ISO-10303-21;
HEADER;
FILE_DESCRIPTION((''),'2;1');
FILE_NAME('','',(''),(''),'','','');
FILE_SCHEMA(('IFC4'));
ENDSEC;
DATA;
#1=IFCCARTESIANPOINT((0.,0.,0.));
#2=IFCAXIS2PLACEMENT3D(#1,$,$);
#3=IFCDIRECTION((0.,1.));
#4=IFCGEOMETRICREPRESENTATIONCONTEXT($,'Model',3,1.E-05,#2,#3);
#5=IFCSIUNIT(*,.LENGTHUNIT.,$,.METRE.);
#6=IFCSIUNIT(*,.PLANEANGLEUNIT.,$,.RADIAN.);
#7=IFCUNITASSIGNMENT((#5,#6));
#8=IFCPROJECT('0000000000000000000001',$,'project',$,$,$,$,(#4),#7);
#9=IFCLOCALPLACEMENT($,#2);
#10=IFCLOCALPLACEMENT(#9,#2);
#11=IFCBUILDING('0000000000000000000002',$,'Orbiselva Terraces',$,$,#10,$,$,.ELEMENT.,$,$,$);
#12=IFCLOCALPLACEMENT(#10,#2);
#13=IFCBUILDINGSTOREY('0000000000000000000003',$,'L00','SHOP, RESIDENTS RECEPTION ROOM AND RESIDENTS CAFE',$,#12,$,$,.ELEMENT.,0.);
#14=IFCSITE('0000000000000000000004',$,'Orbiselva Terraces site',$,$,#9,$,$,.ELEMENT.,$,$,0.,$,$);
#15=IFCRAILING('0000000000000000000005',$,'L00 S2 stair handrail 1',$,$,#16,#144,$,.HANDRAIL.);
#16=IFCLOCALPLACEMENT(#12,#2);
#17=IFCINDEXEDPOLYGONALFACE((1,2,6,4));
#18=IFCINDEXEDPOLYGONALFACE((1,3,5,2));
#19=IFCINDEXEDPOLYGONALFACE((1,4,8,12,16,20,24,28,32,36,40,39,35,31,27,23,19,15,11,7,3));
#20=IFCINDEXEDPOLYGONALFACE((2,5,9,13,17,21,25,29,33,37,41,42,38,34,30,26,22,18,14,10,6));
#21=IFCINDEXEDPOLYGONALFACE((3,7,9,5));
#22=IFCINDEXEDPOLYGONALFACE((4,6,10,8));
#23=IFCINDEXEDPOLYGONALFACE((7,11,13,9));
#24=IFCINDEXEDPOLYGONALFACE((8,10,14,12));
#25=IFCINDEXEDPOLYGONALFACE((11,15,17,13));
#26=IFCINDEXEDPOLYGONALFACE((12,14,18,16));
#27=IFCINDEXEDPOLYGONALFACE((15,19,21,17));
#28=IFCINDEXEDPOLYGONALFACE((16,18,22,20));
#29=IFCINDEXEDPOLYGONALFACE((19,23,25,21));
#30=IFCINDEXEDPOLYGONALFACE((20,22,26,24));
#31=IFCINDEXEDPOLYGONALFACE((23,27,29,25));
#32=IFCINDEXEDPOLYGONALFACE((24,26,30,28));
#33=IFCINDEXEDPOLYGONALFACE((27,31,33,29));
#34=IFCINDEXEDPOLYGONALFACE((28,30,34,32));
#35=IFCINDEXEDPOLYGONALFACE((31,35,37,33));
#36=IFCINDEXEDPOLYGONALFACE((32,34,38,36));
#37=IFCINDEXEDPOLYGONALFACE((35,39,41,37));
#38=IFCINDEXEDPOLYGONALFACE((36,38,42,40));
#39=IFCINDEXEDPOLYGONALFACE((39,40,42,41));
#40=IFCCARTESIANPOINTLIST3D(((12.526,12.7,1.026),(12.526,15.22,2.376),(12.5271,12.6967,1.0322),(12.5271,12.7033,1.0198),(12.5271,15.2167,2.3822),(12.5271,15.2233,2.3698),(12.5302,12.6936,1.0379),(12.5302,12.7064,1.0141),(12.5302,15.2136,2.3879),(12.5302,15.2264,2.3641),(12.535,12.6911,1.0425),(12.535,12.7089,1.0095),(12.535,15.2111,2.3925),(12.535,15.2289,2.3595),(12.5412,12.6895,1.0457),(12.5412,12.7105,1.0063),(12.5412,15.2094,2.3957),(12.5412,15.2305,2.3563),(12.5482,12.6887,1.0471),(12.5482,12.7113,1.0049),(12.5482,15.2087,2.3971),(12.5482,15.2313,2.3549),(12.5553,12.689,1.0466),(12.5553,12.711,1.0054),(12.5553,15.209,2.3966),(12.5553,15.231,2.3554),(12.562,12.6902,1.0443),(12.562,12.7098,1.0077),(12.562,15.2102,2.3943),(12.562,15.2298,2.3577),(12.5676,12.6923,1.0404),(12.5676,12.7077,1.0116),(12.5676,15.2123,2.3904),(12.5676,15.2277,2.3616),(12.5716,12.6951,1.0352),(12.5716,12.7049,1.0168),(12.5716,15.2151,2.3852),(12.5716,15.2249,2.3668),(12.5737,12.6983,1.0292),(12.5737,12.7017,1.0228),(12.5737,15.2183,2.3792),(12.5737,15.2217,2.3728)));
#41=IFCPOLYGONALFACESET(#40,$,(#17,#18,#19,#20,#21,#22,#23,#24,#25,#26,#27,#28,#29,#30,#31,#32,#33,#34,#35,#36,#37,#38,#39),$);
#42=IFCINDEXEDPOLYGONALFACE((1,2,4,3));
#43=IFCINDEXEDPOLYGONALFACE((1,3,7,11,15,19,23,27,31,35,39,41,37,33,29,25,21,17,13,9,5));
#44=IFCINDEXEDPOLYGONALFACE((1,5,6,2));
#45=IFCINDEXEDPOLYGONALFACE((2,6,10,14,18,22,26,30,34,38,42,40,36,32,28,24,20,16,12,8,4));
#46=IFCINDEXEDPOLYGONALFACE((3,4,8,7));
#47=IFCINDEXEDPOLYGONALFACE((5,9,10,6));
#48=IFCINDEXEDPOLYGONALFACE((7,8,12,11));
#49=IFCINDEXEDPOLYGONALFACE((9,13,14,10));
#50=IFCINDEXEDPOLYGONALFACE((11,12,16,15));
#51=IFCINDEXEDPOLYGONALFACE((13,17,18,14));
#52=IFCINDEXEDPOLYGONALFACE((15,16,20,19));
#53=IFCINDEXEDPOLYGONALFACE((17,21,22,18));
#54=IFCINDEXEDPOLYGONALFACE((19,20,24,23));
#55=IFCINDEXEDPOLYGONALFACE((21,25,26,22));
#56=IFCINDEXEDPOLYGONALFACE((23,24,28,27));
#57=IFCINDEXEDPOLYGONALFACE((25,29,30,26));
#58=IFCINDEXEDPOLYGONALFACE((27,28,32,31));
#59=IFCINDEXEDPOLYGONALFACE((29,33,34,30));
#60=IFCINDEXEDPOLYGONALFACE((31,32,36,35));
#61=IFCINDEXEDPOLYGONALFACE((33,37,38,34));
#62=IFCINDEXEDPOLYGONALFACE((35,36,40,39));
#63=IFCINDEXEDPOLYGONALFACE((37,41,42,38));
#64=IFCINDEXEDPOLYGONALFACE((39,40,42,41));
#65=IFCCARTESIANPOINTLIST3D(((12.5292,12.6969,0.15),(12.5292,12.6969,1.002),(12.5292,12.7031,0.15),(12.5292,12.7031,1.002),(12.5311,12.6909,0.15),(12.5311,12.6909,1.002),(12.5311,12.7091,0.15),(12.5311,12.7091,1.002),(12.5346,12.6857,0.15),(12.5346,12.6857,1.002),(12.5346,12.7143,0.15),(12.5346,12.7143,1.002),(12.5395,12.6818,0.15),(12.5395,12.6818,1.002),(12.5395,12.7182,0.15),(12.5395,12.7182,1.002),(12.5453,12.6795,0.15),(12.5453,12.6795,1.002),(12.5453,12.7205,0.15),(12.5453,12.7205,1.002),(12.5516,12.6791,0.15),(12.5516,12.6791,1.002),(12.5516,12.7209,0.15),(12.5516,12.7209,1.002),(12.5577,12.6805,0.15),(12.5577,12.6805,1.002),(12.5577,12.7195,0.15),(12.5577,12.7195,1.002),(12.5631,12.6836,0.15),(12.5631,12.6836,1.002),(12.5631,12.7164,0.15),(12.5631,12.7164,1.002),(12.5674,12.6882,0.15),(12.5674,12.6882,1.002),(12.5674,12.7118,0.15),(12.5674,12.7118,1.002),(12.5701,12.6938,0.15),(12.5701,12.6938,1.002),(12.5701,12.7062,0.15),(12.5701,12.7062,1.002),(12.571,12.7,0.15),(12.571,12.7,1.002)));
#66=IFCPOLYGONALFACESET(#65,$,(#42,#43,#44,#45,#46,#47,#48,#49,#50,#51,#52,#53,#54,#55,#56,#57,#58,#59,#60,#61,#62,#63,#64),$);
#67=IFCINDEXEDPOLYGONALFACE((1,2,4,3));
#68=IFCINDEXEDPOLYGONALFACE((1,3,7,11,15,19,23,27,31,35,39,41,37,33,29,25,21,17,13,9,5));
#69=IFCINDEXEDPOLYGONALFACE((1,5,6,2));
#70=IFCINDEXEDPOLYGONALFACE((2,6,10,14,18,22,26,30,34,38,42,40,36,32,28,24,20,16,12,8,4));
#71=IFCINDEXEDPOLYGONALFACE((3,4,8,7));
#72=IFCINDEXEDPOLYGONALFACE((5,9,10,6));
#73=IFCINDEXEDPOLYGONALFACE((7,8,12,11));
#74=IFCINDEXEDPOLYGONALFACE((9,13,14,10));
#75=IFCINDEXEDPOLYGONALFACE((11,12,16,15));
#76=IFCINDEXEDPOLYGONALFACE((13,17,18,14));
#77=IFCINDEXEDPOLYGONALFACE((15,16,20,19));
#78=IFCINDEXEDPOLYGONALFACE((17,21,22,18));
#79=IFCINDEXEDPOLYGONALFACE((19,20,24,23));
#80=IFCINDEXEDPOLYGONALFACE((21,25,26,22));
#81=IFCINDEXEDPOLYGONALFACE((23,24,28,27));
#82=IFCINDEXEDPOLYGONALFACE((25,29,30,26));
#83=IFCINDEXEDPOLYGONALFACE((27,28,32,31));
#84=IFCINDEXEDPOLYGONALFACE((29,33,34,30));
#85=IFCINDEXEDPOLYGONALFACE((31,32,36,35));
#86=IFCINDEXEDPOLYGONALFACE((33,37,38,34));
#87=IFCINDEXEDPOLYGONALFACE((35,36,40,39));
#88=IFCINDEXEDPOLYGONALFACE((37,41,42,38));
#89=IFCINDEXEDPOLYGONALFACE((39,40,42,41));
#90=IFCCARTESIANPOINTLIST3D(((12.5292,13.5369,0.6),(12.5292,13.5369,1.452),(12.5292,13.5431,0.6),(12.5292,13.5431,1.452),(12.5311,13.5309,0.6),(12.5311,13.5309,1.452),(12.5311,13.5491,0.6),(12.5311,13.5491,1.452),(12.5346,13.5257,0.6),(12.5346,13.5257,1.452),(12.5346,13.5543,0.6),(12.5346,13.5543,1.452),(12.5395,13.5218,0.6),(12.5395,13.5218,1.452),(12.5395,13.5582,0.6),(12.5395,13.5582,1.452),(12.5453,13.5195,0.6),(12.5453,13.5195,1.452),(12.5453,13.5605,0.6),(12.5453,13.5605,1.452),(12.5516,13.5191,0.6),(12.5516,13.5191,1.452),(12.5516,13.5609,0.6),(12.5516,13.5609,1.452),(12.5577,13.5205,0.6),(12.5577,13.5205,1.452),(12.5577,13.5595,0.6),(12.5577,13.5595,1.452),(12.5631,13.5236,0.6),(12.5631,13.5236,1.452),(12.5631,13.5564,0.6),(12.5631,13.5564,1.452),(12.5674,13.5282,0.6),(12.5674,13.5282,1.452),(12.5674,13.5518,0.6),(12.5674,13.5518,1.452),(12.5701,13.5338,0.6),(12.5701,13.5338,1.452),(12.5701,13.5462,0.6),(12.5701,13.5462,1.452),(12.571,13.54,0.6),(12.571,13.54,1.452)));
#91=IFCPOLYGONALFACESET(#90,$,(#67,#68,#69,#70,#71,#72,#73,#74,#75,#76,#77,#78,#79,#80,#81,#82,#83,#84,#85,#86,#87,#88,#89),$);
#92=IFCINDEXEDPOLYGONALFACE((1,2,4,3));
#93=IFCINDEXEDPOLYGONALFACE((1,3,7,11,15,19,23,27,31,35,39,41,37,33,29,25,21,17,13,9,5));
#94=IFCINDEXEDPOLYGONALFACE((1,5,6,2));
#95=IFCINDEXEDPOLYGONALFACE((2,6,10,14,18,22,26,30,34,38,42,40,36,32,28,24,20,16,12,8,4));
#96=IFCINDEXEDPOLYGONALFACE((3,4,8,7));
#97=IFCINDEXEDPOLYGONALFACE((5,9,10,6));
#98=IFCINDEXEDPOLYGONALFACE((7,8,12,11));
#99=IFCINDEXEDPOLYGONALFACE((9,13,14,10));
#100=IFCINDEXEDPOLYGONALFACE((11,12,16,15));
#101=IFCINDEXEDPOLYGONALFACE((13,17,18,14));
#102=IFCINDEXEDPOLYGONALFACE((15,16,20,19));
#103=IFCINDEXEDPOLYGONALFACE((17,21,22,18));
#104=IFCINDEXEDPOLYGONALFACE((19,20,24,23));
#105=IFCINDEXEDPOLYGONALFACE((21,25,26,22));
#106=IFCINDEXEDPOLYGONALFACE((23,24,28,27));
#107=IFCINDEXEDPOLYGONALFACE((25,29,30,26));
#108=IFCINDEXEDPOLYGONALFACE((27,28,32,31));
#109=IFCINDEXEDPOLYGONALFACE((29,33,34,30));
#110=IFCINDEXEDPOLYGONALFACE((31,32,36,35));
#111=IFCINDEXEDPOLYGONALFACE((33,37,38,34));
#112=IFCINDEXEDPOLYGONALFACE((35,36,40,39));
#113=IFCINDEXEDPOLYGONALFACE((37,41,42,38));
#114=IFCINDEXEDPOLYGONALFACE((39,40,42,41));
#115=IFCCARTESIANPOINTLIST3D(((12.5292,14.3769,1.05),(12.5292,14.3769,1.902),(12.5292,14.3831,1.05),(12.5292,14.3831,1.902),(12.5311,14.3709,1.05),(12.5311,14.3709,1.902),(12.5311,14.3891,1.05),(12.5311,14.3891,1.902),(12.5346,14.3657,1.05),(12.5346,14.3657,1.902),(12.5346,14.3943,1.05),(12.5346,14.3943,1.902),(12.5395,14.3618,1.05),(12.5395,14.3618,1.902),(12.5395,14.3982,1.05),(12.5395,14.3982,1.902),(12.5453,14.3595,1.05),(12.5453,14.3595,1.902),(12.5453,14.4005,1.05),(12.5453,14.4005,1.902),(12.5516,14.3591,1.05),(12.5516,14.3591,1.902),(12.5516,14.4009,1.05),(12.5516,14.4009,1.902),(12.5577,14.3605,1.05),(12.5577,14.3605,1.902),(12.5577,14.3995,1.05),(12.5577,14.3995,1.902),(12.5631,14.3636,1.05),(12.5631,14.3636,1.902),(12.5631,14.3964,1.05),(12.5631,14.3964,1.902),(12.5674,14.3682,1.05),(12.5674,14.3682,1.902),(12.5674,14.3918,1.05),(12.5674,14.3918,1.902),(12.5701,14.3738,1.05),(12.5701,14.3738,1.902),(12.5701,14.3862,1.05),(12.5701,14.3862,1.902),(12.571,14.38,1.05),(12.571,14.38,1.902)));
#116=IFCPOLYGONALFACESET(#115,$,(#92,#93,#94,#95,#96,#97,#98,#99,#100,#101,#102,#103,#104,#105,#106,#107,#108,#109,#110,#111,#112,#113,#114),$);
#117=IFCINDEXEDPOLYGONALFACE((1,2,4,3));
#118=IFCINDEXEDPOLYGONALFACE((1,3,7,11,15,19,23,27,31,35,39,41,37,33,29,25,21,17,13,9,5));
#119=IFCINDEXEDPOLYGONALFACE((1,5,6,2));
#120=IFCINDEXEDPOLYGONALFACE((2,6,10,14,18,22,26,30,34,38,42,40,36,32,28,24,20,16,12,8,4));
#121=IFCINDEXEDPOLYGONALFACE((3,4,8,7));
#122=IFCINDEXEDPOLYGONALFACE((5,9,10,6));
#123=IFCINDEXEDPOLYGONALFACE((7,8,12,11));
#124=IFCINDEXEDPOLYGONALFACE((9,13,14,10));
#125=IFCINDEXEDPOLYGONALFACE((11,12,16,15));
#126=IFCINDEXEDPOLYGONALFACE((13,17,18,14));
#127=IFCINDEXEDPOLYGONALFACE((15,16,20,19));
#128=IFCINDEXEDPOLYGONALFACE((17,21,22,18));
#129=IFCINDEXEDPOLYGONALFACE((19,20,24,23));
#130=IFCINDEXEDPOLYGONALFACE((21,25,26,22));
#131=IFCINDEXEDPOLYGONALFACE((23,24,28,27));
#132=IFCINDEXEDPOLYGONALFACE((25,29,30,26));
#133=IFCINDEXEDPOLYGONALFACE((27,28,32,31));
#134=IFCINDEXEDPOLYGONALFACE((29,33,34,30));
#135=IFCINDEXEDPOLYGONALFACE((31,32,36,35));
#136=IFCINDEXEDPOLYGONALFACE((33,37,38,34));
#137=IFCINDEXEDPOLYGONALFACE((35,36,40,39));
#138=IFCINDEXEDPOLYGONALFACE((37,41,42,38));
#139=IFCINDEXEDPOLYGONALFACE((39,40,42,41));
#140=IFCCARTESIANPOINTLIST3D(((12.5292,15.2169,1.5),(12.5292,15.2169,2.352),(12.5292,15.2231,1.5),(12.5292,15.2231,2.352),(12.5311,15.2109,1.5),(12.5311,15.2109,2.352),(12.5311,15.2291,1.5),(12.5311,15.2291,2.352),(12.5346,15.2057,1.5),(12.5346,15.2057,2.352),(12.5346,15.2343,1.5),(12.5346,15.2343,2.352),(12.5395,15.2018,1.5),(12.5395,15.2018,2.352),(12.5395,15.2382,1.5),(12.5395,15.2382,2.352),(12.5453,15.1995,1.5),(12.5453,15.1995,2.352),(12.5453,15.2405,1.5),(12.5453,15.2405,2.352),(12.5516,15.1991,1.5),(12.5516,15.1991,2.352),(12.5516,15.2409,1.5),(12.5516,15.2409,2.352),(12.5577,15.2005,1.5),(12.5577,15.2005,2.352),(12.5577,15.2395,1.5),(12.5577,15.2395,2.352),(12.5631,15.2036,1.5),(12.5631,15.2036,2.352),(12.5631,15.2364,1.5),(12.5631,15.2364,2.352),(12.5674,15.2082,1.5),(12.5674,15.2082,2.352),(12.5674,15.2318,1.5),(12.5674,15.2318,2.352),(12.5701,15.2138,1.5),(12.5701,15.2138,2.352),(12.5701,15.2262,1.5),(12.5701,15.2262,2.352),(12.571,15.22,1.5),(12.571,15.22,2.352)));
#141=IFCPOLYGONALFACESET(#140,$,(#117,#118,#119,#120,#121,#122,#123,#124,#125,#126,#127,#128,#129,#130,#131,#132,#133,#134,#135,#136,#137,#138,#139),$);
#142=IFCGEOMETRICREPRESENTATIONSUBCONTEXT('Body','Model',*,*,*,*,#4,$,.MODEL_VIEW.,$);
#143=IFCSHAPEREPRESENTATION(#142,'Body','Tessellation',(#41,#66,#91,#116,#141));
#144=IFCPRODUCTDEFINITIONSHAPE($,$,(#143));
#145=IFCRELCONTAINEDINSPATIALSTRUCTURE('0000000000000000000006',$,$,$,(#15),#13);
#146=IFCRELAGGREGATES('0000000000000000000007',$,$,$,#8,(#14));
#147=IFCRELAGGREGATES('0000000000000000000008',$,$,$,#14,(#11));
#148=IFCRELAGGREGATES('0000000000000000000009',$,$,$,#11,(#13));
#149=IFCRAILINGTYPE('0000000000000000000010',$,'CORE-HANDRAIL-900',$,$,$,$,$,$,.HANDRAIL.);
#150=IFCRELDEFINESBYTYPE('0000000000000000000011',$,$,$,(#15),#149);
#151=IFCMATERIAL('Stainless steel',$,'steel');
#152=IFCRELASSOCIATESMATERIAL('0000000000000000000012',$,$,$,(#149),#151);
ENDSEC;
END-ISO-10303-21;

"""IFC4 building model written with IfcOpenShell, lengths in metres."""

from ifc_helpers import new_model, si_unit, direction, frame, origin, origin_2d, place, context, subcontext, project, spatial, circle, extrude, material, type_object, element, save


model = new_model("IFC4")

# Units and contexts
model_context = context("Model", 3, precision=1e-05, world=origin(), true_north=direction((0.0, 1.0)))
body_context = subcontext(model_context, "Body", "Model", "MODEL_VIEW")
ifc_project = project(units=[si_unit("LENGTHUNIT", "METRE"), si_unit("PLANEANGLEUNIT", "RADIAN")], contexts=[model_context])

# Site, building, storey
site_placement = place(None, origin())
site = spatial("IfcSite", under=ifc_project, at=site_placement, Name="Orbiselva Terraces site", CompositionType="ELEMENT", RefElevation=0.0)
building_placement = place(site_placement, origin())
building = spatial("IfcBuilding", under=site, at=building_placement, Name="Orbiselva Terraces", CompositionType="ELEMENT")
storey_placement = place(building_placement, origin())
storey = spatial("IfcBuildingStorey", under=building, at=storey_placement, Name="L00", Description="SHOP, RESIDENTS RECEPTION ROOM AND RESIDENTS CAFE", CompositionType="ELEMENT", Elevation=0.0)

# Railing
ifc_material_1 = material(Name="Stainless steel", Category="steel")
railing_type_1 = type_object("IfcRailingType", Name="CORE-HANDRAIL-900", PredefinedType="HANDRAIL", material=ifc_material_1)
railing_1_placement = place(storey_placement, frame((12.55, 12.7, 0.15)))
element("IfcRailing", 1, at=railing_1_placement, inside=storey, type_object=railing_type_1, Name="L00 S2 stair handrail 1", PredefinedType="HANDRAIL", context=body_context, shape_type="SweptSolid", body=[
    extrude(circle(Radius=0.024, at=origin_2d()), frame((0.0, 0.0, 0.876), z_axis=(0.0, 0.88148, 0.472221), x_axis=(-1.0, 0.0, 0.0)), (0.0, 0.0, 1.0), 2.8588),
    extrude(circle(Radius=0.021, at=origin_2d()), origin(), (0.0, 0.0, 1.0), 0.852),
    extrude(circle(Radius=0.021, at=origin_2d()), frame((0.0, 0.84, 0.45)), (0.0, 0.0, 1.0), 0.852),
    extrude(circle(Radius=0.021, at=origin_2d()), frame((0.0, 1.68, 0.9)), (0.0, 0.0, 1.0), 0.852),
    extrude(circle(Radius=0.021, at=origin_2d()), frame((0.0, 2.52, 1.35)), (0.0, 0.0, 1.0), 0.852),
])

save(model, "model.ifc")
